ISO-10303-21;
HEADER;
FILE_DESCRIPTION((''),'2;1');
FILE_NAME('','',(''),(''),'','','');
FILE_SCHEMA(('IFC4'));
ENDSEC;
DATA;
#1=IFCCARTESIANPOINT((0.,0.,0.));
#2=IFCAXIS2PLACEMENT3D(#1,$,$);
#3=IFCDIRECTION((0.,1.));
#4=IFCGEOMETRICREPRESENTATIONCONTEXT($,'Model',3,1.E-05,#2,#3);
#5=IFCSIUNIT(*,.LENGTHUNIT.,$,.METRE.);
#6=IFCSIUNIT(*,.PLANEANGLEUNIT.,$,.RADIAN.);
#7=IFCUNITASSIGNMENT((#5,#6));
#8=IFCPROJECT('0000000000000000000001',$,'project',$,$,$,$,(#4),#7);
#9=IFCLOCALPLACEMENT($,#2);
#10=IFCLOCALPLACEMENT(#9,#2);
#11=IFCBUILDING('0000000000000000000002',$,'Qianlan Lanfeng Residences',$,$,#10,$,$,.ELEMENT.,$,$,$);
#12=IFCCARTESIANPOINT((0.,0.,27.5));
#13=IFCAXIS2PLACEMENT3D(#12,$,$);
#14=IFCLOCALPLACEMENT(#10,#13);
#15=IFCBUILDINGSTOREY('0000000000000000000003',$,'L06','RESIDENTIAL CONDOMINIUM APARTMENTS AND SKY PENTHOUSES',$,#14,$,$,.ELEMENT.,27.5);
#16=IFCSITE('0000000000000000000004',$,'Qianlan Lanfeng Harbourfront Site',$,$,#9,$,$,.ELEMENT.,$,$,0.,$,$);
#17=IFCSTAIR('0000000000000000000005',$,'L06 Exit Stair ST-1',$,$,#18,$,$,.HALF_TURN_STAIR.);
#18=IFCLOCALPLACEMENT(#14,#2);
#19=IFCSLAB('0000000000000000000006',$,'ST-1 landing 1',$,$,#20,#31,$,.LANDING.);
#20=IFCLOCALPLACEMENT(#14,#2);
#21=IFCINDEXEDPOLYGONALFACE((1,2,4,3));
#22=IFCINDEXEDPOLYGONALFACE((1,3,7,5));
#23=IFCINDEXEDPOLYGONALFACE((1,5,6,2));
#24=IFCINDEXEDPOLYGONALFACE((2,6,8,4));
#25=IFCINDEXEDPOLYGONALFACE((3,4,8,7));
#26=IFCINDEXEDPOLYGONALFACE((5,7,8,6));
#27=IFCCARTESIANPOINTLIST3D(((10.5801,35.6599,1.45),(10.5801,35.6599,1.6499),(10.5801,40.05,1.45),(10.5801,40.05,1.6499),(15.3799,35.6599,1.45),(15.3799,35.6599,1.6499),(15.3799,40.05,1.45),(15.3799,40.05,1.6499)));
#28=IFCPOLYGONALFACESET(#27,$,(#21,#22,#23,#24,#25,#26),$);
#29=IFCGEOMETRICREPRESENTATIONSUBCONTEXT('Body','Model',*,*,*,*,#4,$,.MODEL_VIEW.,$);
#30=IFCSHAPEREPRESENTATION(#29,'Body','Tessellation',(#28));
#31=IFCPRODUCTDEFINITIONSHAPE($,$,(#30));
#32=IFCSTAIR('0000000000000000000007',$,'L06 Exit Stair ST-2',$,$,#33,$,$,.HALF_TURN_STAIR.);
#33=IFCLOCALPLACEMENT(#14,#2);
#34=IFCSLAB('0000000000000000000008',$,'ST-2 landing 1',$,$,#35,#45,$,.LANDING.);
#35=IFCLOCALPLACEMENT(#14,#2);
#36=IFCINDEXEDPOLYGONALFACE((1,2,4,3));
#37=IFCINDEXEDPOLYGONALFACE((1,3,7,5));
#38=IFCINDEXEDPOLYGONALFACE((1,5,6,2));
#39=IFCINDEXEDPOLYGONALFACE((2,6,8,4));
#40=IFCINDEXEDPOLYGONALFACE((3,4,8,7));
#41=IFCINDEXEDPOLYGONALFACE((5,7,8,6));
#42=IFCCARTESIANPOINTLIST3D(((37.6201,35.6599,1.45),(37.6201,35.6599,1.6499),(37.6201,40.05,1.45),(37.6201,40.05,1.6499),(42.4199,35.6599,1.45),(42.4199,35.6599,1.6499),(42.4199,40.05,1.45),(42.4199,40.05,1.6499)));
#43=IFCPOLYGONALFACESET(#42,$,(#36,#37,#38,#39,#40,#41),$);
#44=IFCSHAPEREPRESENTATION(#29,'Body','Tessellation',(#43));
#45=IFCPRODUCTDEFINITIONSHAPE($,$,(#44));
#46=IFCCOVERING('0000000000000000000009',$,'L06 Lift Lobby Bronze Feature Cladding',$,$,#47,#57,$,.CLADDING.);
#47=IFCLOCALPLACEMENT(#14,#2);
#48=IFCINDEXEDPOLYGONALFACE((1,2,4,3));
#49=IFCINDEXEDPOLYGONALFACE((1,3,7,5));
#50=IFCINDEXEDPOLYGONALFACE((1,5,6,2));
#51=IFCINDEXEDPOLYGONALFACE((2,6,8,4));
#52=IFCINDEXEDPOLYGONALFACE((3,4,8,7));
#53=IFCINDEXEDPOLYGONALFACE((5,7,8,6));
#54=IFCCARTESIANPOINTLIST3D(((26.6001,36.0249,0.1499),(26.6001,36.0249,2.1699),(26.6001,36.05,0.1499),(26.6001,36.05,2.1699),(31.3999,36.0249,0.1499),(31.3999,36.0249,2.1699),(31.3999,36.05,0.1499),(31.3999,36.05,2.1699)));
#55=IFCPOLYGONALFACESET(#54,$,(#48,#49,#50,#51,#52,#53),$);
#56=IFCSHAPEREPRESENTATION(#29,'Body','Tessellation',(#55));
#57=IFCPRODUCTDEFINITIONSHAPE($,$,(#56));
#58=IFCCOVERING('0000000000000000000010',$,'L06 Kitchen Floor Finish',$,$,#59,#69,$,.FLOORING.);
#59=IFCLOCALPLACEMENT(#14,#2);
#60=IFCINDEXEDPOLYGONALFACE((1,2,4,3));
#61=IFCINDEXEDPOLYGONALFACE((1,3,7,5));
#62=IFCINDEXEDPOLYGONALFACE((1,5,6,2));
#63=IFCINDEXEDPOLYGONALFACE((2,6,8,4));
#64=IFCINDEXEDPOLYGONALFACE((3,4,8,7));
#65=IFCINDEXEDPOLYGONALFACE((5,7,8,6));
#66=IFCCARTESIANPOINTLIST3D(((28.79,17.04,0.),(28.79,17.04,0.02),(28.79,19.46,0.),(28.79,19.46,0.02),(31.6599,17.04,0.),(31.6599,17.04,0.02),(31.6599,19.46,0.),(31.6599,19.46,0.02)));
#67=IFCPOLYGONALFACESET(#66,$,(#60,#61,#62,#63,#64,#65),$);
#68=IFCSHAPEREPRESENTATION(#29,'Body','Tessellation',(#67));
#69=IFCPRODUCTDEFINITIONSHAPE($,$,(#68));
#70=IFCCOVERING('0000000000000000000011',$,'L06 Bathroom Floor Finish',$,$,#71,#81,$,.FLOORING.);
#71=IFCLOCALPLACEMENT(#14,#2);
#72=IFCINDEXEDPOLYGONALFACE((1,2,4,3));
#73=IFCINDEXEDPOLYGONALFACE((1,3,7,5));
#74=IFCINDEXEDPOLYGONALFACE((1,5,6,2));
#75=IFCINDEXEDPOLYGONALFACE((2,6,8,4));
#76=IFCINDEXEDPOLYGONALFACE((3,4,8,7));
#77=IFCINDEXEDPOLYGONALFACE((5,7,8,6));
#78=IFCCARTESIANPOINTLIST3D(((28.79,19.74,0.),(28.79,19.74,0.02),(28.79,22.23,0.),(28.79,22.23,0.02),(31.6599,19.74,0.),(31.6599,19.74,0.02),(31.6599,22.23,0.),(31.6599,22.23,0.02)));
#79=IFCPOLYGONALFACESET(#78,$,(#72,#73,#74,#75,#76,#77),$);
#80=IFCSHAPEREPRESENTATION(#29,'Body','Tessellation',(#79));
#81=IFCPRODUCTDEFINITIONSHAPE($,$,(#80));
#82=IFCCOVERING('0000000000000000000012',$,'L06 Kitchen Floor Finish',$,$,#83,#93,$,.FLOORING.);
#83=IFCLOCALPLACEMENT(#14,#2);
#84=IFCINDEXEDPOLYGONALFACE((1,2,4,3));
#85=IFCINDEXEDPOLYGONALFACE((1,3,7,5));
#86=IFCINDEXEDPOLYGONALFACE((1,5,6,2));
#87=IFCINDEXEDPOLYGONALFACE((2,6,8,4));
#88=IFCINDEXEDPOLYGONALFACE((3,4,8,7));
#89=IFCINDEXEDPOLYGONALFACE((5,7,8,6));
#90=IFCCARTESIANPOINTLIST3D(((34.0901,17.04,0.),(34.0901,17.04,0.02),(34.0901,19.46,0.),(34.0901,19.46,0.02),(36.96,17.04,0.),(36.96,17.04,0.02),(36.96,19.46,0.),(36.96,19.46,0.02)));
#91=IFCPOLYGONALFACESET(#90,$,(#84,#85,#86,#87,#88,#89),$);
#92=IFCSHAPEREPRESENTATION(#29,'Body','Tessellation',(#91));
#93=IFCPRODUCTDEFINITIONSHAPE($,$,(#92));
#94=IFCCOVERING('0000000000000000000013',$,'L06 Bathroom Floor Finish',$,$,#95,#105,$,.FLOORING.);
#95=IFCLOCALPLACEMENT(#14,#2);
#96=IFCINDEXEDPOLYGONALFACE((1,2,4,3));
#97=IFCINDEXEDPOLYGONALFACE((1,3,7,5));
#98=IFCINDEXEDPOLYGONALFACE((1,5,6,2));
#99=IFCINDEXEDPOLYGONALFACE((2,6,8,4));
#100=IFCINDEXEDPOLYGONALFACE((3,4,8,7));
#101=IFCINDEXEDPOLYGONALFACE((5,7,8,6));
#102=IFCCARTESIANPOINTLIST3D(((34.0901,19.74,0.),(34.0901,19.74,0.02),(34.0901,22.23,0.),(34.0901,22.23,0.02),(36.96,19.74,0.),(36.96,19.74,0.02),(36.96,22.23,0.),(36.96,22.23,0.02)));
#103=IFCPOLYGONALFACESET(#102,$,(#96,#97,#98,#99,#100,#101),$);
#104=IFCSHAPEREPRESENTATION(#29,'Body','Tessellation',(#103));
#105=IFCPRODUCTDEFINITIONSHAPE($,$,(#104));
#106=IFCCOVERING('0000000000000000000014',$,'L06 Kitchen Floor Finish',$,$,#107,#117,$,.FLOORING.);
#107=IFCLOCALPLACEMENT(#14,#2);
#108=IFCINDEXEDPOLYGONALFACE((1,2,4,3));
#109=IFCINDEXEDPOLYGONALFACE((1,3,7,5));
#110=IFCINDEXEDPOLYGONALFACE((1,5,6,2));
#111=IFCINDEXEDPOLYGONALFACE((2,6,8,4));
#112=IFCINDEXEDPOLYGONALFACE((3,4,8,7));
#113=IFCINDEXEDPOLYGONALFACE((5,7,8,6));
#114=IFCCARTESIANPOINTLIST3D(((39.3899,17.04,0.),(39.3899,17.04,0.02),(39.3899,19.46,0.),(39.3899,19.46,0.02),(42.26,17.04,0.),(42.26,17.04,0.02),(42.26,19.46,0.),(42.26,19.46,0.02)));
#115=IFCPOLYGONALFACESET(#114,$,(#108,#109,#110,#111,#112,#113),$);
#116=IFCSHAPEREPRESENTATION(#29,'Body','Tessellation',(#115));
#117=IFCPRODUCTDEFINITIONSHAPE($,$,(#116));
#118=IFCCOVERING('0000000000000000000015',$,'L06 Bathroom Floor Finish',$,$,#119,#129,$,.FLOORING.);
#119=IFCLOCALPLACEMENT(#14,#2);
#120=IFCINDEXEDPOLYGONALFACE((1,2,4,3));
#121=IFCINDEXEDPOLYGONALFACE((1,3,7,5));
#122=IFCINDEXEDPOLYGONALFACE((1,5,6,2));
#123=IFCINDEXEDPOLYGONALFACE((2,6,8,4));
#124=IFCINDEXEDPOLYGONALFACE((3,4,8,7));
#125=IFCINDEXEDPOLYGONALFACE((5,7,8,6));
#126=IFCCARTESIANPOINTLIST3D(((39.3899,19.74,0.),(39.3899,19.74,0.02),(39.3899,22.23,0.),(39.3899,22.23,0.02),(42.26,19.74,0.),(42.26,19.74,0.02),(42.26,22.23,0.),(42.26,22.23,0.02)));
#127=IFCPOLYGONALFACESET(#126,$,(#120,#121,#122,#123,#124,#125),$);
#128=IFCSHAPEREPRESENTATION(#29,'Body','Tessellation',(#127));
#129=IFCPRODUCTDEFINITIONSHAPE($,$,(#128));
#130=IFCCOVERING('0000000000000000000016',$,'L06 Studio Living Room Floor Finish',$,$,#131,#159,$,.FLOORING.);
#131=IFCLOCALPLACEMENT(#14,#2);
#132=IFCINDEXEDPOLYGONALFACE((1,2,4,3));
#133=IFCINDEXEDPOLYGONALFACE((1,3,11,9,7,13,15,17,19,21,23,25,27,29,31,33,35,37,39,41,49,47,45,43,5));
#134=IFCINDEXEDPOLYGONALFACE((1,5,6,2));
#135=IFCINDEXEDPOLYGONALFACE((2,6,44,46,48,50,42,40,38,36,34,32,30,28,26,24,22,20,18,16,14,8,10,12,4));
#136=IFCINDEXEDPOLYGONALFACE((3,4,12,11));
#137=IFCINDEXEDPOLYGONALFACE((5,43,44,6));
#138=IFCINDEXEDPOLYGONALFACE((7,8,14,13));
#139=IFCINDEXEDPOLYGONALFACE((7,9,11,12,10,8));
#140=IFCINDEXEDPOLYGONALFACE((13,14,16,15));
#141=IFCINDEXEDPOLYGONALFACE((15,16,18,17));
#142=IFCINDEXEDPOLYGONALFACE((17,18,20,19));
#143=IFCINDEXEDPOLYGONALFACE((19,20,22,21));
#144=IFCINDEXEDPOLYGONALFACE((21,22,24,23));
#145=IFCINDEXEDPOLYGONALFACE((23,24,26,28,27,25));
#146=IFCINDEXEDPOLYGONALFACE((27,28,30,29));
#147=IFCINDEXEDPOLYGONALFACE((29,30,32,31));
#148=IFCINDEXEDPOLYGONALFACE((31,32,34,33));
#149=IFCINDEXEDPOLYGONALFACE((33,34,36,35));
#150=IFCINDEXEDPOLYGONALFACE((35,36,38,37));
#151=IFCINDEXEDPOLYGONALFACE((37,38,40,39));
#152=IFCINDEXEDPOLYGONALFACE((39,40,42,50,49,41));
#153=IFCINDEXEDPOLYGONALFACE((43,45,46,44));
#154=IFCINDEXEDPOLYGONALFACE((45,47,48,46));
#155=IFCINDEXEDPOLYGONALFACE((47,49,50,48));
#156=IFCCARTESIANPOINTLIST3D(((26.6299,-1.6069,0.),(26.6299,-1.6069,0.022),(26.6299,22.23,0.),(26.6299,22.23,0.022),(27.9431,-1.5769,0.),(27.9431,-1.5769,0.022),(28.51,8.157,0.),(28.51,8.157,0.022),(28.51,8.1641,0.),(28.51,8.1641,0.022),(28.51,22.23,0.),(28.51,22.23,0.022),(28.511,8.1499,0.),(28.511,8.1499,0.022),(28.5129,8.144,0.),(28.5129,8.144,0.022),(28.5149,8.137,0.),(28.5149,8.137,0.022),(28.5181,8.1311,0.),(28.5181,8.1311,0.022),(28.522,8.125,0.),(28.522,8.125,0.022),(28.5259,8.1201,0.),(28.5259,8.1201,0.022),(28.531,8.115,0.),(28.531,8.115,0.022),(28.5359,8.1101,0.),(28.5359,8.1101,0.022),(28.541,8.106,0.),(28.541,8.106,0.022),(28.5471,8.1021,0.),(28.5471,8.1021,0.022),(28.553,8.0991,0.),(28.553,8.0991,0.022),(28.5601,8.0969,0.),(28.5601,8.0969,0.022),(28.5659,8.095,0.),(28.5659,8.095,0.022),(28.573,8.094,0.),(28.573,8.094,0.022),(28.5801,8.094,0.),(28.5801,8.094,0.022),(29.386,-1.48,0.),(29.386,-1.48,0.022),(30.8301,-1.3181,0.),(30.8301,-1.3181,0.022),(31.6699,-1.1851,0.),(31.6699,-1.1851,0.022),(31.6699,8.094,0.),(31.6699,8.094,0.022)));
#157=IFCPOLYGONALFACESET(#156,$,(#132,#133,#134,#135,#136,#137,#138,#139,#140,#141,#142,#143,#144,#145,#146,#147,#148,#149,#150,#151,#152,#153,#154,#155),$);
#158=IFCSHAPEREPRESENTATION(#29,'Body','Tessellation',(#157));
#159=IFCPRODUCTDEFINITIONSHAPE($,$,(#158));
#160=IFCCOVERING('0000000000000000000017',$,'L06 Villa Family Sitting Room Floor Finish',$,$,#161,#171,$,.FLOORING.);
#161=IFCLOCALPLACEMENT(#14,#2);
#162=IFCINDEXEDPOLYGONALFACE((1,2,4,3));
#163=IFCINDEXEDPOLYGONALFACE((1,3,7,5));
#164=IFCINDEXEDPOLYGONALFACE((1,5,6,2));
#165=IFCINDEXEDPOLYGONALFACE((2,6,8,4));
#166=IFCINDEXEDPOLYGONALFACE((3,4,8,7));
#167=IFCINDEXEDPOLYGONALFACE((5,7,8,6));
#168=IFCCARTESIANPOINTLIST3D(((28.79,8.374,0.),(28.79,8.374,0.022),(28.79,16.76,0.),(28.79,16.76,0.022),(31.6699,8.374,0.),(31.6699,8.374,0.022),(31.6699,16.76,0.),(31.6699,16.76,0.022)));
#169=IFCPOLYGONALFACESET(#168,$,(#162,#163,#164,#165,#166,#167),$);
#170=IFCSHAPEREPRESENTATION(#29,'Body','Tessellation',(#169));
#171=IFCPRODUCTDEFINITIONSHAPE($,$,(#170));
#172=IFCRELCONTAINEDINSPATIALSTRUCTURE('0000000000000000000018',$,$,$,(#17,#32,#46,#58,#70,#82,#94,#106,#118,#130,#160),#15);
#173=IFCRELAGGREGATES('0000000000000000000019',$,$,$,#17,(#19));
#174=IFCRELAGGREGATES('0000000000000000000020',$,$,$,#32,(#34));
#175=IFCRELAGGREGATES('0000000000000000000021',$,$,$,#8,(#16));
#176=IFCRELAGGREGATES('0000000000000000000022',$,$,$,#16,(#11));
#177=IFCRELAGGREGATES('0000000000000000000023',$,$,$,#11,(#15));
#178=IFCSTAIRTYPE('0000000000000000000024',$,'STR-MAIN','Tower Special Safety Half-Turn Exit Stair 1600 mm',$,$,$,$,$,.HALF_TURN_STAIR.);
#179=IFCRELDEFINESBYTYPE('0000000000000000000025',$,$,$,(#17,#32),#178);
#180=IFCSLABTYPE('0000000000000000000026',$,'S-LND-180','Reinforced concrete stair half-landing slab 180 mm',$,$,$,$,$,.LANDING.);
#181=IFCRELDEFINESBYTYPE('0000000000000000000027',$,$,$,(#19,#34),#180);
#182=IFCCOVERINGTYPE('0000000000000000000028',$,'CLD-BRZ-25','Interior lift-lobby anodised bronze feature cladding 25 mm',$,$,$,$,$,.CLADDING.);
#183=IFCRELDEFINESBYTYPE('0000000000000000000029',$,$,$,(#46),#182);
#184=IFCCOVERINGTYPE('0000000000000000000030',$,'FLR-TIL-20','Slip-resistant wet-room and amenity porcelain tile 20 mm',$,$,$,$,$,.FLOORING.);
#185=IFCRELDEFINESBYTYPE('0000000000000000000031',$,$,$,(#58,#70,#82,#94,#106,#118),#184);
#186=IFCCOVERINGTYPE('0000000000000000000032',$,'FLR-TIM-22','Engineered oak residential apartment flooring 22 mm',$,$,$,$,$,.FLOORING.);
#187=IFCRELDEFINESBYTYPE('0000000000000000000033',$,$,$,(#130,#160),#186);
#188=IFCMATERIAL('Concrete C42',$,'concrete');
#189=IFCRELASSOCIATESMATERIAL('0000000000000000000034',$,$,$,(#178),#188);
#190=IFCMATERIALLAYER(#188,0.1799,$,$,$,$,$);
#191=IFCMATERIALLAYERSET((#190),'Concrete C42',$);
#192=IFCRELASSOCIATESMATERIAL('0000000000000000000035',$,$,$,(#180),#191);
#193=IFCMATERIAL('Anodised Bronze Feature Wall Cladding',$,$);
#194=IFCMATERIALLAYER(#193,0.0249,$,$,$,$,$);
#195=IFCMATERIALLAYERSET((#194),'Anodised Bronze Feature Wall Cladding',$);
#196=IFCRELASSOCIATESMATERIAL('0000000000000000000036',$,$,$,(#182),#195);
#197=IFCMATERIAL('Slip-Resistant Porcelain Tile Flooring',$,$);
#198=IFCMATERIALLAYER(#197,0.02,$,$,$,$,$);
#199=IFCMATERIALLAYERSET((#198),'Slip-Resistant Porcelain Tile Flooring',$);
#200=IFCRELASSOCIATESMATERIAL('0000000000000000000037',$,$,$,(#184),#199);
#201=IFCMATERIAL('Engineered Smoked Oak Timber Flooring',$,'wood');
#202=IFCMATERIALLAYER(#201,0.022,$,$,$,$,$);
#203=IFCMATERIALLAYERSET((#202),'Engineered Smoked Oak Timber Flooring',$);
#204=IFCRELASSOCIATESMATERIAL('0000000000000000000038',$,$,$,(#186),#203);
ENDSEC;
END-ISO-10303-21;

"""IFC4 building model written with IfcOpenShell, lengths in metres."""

from ifc_helpers import new_model, si_unit, direction, frame, origin, place, context, subcontext, project, spatial, polyline, outline, extrude, material, layer, layer_set, type_object, element, aggregate, save


model = new_model("IFC4")

# Units and contexts
model_context = context("Model", 3, precision=1e-05, world=origin(), true_north=direction((0.0, 1.0)))
body_context = subcontext(model_context, "Body", "Model", "MODEL_VIEW")
ifc_project = project(units=[si_unit("LENGTHUNIT", "METRE"), si_unit("PLANEANGLEUNIT", "RADIAN")], contexts=[model_context])

# Site, building, storey
site_placement = place(None, origin())
site = spatial("IfcSite", under=ifc_project, at=site_placement, Name="Qianlan Lanfeng Harbourfront Site", CompositionType="ELEMENT", RefElevation=0.0)
building_placement = place(site_placement, origin())
building = spatial("IfcBuilding", under=site, at=building_placement, Name="Qianlan Lanfeng Residences", CompositionType="ELEMENT")
storey_placement = place(building_placement, frame((0.0, 0.0, 27.5)))
storey = spatial("IfcBuildingStorey", under=building, at=storey_placement, Name="L06", Description="RESIDENTIAL CONDOMINIUM APARTMENTS AND SKY PENTHOUSES", CompositionType="ELEMENT", Elevation=27.5)

# Stairs, slabs
ifc_material_1 = material(Name="Concrete C42", Category="concrete")
stair_type = type_object("IfcStairType", Name="STR-MAIN", Description="Tower Special Safety Half-Turn Exit Stair 1600 mm", PredefinedType="HALF_TURN_STAIR", material=ifc_material_1)
stair_1_placement = place(storey_placement, origin())
stair_1 = element("IfcStair", 1, at=stair_1_placement, inside=storey, type_object=stair_type, Name="L06 Exit Stair ST-1", PredefinedType="HALF_TURN_STAIR")
ifc_layer_1 = layer(ifc_material_1, 0.1799)
ifc_layer_set_1 = layer_set([ifc_layer_1], Name="Concrete C42")
slab_type = type_object("IfcSlabType", Name="S-LND-180", Description="Reinforced concrete stair half-landing slab 180 mm", PredefinedType="LANDING", material=ifc_layer_set_1)
slab_1_placement = place(storey_placement, frame((0.0, 0.0, 1.45)))
slab_1 = element("IfcSlab", 2, at=slab_1_placement, type_object=slab_type, Name="ST-1 landing 1", PredefinedType="LANDING", context=body_context, shape_type="SweptSolid", body=[
    extrude(outline(polyline([(10.5801, 35.6599), (15.3799, 35.6599), (15.3799, 40.05), (10.5801, 40.05), (10.5801, 35.6599)])), origin(), (0.0, 0.0, 1.0), 0.2),
])
aggregate(stair_1, [slab_1])
stair_2_placement = place(storey_placement, origin())
stair_2 = element("IfcStair", 3, at=stair_2_placement, inside=storey, type_object=stair_type, Name="L06 Exit Stair ST-2", PredefinedType="HALF_TURN_STAIR")
slab_2_placement = place(storey_placement, frame((0.0, 0.0, 1.45)))
slab_2 = element("IfcSlab", 4, at=slab_2_placement, type_object=slab_type, Name="ST-2 landing 1", PredefinedType="LANDING", context=body_context, shape_type="SweptSolid", body=[
    extrude(outline(polyline([(37.6201, 35.6599), (42.4199, 35.6599), (42.4199, 40.05), (37.6201, 40.05), (37.6201, 35.6599)])), origin(), (0.0, 0.0, 1.0), 0.2),
])
aggregate(stair_2, [slab_2])

# Coverings
ifc_material_2 = material(Name="Anodised Bronze Feature Wall Cladding")
ifc_layer_2 = layer(ifc_material_2, 0.0249)
ifc_layer_set_2 = layer_set([ifc_layer_2], Name="Anodised Bronze Feature Wall Cladding")
covering_type_1 = type_object("IfcCoveringType", Name="CLD-BRZ-25", Description="Interior lift-lobby anodised bronze feature cladding 25 mm", PredefinedType="CLADDING", material=ifc_layer_set_2)
covering_1_placement = place(storey_placement, frame((0.0, 0.0, 0.1499)))
element("IfcCovering", 5, at=covering_1_placement, inside=storey, type_object=covering_type_1, Name="L06 Lift Lobby Bronze Feature Cladding", PredefinedType="CLADDING", context=body_context, shape_type="SweptSolid", body=[
    extrude(outline(polyline([(26.6001, 36.0249), (31.3999, 36.0249), (31.3999, 36.05), (26.6001, 36.05), (26.6001, 36.0249)])), origin(), (0.0, 0.0, 1.0), 2.02),
])
ifc_material_3 = material(Name="Slip-Resistant Porcelain Tile Flooring")
ifc_layer_3 = layer(ifc_material_3, 0.02)
ifc_layer_set_3 = layer_set([ifc_layer_3], Name="Slip-Resistant Porcelain Tile Flooring")
covering_type_2 = type_object("IfcCoveringType", Name="FLR-TIL-20", Description="Slip-resistant wet-room and amenity porcelain tile 20 mm", PredefinedType="FLOORING", material=ifc_layer_set_3)
covering_2_placement = place(storey_placement, origin())
element("IfcCovering", 6, at=covering_2_placement, inside=storey, type_object=covering_type_2, Name="L06 Kitchen Floor Finish", PredefinedType="FLOORING", context=body_context, shape_type="SweptSolid", body=[
    extrude(outline(polyline([(28.79, 17.04), (31.6599, 17.04), (31.6599, 19.46), (28.79, 19.46), (28.79, 17.04)])), origin(), (0.0, 0.0, 1.0), 0.02),
])
covering_3_placement = place(storey_placement, origin())
element("IfcCovering", 7, at=covering_3_placement, inside=storey, type_object=covering_type_2, Name="L06 Bathroom Floor Finish", PredefinedType="FLOORING", context=body_context, shape_type="SweptSolid", body=[
    extrude(outline(polyline([(28.79, 19.74), (31.6599, 19.74), (31.6599, 22.23), (28.79, 22.23), (28.79, 19.74)])), origin(), (0.0, 0.0, 1.0), 0.02),
])
covering_4_placement = place(storey_placement, origin())
element("IfcCovering", 8, at=covering_4_placement, inside=storey, type_object=covering_type_2, Name="L06 Kitchen Floor Finish", PredefinedType="FLOORING", context=body_context, shape_type="SweptSolid", body=[
    extrude(outline(polyline([(34.0901, 17.04), (36.96, 17.04), (36.96, 19.46), (34.0901, 19.46), (34.0901, 17.04)])), origin(), (0.0, 0.0, 1.0), 0.02),
])
covering_5_placement = place(storey_placement, origin())
element("IfcCovering", 9, at=covering_5_placement, inside=storey, type_object=covering_type_2, Name="L06 Bathroom Floor Finish", PredefinedType="FLOORING", context=body_context, shape_type="SweptSolid", body=[
    extrude(outline(polyline([(34.0901, 19.74), (36.96, 19.74), (36.96, 22.23), (34.0901, 22.23), (34.0901, 19.74)])), origin(), (0.0, 0.0, 1.0), 0.02),
])
covering_6_placement = place(storey_placement, origin())
element("IfcCovering", 10, at=covering_6_placement, inside=storey, type_object=covering_type_2, Name="L06 Kitchen Floor Finish", PredefinedType="FLOORING", context=body_context, shape_type="SweptSolid", body=[
    extrude(outline(polyline([(39.3899, 17.04), (42.26, 17.04), (42.26, 19.46), (39.3899, 19.46), (39.3899, 17.04)])), origin(), (0.0, 0.0, 1.0), 0.02),
])
covering_7_placement = place(storey_placement, origin())
element("IfcCovering", 11, at=covering_7_placement, inside=storey, type_object=covering_type_2, Name="L06 Bathroom Floor Finish", PredefinedType="FLOORING", context=body_context, shape_type="SweptSolid", body=[
    extrude(outline(polyline([(39.3899, 19.74), (42.26, 19.74), (42.26, 22.23), (39.3899, 22.23), (39.3899, 19.74)])), origin(), (0.0, 0.0, 1.0), 0.02),
])
ifc_material_4 = material(Name="Engineered Smoked Oak Timber Flooring", Category="wood")
ifc_layer_4 = layer(ifc_material_4, 0.022)
ifc_layer_set_4 = layer_set([ifc_layer_4], Name="Engineered Smoked Oak Timber Flooring")
covering_type_3 = type_object("IfcCoveringType", Name="FLR-TIM-22", Description="Engineered oak residential apartment flooring 22 mm", PredefinedType="FLOORING", material=ifc_layer_set_4)
covering_8_placement = place(storey_placement, origin())
element("IfcCovering", 12, at=covering_8_placement, inside=storey, type_object=covering_type_3, Name="L06 Studio Living Room Floor Finish", PredefinedType="FLOORING", context=body_context, shape_type="SweptSolid", body=[
    extrude(outline(polyline([(31.6699, -1.1851), (31.6699, 8.094), (28.5801, 8.094), (28.573, 8.094), (28.5659, 8.095), (28.5601, 8.0969), (28.553, 8.0991), (28.5471, 8.1021), (28.541, 8.106), (28.5359, 8.1101), (28.531, 8.115), (28.5259, 8.1201), (28.522, 8.125), (28.5181, 8.1311), (28.5149, 8.137), (28.5129, 8.144), (28.511, 8.1499), (28.51, 8.157), (28.51, 8.1641), (28.51, 22.23), (26.6299, 22.23), (26.6299, -1.6069), (27.9431, -1.5769), (29.386, -1.48), (30.8301, -1.3181), (31.6699, -1.1851)])), origin(), (0.0, 0.0, 1.0), 0.022),
])
covering_9_placement = place(storey_placement, origin())
element("IfcCovering", 13, at=covering_9_placement, inside=storey, type_object=covering_type_3, Name="L06 Villa Family Sitting Room Floor Finish", PredefinedType="FLOORING", context=body_context, shape_type="SweptSolid", body=[
    extrude(outline(polyline([(28.79, 16.76), (28.79, 8.374), (31.6699, 8.374), (31.6699, 16.76), (28.79, 16.76)])), origin(), (0.0, 0.0, 1.0), 0.022),
])

save(model, "model.ifc")
